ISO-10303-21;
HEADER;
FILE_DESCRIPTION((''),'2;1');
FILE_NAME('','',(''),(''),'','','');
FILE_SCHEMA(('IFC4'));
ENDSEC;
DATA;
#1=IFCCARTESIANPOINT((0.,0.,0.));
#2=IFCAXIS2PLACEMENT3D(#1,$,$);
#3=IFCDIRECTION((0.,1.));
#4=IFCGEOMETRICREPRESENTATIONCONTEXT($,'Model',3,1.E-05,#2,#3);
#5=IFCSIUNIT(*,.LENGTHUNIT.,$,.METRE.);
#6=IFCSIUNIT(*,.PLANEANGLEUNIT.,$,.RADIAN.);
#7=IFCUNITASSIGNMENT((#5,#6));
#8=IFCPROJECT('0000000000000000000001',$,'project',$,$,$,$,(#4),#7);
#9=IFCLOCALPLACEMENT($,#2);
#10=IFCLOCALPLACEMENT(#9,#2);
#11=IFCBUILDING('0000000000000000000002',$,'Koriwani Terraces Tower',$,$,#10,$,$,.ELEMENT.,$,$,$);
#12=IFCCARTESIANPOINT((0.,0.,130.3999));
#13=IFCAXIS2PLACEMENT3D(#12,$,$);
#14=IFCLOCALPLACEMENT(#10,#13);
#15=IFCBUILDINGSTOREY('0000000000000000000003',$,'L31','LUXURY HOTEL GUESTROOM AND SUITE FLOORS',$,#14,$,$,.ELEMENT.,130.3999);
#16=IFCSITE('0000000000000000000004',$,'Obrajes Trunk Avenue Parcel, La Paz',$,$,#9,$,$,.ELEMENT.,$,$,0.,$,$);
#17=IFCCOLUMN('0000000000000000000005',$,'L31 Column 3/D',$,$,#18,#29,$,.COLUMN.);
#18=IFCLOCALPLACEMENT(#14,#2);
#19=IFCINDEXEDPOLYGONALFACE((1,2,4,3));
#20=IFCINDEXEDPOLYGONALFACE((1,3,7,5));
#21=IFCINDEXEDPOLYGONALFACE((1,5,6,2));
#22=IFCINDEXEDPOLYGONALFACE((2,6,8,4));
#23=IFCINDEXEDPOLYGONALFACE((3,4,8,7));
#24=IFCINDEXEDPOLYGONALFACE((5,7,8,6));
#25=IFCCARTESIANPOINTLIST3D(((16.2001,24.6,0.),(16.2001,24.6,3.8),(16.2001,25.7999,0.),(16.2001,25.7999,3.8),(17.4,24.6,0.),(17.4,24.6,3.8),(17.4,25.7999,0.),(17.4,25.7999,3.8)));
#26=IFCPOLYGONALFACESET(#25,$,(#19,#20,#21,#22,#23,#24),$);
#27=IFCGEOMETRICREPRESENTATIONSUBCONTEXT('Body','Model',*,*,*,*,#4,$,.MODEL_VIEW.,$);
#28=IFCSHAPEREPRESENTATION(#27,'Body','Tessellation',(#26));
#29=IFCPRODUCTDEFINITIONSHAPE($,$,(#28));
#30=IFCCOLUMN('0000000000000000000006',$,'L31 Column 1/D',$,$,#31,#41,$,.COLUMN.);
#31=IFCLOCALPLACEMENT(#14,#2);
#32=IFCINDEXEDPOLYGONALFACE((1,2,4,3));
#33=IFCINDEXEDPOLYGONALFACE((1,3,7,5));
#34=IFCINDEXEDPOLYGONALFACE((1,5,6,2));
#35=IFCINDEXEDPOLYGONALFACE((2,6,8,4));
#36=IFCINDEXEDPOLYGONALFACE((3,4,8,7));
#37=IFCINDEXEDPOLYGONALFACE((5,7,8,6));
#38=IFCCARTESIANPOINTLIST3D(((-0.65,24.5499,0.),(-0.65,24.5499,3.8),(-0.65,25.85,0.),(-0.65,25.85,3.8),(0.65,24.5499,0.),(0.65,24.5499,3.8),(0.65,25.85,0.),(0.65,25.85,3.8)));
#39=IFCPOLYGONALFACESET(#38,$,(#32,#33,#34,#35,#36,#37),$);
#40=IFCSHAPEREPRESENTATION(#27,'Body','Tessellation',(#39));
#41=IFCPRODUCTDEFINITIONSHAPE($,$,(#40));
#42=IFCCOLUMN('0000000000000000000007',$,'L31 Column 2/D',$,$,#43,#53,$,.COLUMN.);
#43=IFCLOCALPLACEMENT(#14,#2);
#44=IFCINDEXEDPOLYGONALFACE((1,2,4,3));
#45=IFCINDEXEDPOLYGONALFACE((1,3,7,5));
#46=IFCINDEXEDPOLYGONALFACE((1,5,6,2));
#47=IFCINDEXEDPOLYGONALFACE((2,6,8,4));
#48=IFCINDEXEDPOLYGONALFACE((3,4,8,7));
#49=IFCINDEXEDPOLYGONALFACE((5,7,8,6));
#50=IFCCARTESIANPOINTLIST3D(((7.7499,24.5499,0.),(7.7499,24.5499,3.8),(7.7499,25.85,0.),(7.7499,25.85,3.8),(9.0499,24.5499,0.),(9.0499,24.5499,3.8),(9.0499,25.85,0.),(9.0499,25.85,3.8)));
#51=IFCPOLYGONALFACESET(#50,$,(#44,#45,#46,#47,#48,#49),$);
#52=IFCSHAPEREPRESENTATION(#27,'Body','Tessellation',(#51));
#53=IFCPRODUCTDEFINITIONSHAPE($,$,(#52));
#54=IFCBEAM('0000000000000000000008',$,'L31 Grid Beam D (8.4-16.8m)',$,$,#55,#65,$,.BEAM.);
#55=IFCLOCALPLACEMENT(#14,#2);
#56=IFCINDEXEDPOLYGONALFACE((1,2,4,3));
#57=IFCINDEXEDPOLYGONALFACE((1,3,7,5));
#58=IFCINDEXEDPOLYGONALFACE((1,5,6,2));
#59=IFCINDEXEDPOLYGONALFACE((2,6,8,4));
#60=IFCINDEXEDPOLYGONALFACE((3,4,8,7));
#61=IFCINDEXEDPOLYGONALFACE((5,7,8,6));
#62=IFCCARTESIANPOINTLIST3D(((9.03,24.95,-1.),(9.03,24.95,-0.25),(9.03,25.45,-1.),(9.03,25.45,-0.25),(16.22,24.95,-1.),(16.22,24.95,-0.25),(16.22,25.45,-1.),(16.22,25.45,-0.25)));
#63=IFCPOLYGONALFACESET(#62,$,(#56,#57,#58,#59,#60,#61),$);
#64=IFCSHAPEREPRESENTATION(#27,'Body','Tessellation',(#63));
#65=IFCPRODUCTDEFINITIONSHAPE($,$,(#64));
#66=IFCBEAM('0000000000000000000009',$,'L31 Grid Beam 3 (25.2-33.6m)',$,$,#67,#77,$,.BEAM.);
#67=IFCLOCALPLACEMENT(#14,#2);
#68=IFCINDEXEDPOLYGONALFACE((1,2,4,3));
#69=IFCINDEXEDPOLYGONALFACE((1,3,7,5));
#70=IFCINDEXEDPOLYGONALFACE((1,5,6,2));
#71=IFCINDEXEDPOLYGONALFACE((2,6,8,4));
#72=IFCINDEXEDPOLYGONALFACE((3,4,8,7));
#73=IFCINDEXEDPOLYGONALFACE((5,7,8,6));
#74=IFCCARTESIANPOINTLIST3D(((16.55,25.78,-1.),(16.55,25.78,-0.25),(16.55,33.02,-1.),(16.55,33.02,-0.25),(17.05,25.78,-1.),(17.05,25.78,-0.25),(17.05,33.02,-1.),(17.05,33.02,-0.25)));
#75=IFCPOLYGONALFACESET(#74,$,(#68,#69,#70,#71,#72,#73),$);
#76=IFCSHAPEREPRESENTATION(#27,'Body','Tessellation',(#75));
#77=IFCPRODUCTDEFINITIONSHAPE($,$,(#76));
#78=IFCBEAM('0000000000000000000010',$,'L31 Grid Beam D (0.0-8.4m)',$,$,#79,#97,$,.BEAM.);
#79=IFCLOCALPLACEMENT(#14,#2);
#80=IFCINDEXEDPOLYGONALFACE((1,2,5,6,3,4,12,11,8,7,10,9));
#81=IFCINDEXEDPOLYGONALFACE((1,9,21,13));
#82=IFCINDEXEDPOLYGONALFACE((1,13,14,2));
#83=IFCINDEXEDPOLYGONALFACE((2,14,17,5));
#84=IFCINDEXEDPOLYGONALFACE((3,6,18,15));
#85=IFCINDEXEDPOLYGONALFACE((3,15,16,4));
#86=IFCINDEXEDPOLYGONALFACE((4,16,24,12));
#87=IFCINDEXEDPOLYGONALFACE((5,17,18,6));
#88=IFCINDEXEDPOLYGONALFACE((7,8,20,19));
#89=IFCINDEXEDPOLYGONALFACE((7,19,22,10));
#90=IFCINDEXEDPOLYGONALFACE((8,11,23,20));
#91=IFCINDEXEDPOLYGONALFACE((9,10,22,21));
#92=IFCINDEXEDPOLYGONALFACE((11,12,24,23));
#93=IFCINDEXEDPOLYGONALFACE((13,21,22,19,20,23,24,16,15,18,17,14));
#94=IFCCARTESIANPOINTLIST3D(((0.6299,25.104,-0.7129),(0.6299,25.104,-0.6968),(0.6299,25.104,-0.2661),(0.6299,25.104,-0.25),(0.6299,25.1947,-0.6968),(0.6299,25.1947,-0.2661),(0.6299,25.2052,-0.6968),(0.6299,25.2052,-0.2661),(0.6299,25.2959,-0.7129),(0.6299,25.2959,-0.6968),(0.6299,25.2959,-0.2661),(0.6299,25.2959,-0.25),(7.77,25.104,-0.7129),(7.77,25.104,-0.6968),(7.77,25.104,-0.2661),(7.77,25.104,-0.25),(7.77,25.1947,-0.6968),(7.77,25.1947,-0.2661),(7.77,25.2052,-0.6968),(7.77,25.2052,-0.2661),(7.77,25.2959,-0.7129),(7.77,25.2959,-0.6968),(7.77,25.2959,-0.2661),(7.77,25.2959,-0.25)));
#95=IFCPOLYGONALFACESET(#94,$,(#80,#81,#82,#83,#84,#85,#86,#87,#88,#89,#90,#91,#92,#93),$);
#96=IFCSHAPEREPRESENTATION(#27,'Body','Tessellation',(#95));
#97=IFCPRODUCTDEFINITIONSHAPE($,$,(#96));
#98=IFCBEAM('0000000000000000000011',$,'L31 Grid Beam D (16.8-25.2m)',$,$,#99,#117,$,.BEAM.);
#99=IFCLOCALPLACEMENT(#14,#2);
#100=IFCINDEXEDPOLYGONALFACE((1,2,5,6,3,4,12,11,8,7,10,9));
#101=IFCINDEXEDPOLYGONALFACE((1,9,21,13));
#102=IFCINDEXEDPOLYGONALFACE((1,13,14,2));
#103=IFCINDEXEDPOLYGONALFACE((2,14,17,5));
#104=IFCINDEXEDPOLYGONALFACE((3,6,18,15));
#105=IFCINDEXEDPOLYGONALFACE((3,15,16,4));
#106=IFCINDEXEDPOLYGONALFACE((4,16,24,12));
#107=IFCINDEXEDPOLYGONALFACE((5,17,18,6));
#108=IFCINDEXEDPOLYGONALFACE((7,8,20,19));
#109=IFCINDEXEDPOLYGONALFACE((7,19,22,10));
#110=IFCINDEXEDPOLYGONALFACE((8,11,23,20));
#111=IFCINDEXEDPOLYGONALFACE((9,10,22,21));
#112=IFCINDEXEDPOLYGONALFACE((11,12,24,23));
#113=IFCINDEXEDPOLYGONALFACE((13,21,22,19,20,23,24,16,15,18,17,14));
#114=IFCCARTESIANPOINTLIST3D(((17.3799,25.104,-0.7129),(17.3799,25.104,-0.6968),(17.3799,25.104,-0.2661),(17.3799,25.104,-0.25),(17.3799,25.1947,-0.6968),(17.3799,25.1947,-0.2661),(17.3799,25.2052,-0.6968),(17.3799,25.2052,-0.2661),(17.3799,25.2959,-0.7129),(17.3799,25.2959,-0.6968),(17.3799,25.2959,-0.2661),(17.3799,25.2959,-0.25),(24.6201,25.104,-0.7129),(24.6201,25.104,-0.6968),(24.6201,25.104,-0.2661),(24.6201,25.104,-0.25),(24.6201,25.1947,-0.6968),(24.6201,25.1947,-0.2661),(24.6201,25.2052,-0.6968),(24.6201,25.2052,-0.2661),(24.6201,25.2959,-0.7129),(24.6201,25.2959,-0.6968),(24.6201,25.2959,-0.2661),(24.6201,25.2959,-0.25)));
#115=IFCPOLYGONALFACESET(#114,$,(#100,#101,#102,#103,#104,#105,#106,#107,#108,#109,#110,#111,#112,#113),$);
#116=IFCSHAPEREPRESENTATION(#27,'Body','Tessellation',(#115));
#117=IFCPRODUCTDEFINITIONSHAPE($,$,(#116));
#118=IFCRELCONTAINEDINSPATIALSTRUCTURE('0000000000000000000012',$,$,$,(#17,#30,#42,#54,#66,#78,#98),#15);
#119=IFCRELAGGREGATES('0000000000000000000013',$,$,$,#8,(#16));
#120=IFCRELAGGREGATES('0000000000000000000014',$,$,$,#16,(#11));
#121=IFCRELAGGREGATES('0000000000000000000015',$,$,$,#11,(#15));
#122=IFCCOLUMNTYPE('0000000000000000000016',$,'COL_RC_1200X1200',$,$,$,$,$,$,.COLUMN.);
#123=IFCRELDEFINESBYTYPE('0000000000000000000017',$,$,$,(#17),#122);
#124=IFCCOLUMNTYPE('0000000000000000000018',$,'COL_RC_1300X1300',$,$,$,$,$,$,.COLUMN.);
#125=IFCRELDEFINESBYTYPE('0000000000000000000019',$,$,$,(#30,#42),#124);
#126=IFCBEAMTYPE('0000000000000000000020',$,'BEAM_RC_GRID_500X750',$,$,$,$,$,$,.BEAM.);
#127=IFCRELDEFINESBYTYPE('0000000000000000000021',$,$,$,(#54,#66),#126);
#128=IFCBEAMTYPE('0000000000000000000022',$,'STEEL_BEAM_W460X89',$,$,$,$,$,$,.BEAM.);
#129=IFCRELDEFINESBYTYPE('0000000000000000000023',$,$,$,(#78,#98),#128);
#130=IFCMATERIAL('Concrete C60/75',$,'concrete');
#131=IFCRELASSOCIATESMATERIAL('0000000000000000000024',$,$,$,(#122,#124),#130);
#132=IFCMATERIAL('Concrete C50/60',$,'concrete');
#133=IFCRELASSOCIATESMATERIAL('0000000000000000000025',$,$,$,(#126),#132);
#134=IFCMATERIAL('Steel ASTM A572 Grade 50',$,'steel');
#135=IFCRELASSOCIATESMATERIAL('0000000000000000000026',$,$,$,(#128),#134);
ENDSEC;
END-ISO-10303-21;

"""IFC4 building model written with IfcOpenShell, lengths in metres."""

from ifc_helpers import new_model, si_unit, direction, frame, origin, origin_2d, place, context, subcontext, project, spatial, rectangle, i_section, extrude, material, material_profile, profile_set, type_object, element, save


model = new_model("IFC4")

# Units and contexts
model_context = context("Model", 3, precision=1e-05, world=origin(), true_north=direction((0.0, 1.0)))
body_context = subcontext(model_context, "Body", "Model", "MODEL_VIEW")
ifc_project = project(units=[si_unit("LENGTHUNIT", "METRE"), si_unit("PLANEANGLEUNIT", "RADIAN")], contexts=[model_context])

# Site, building, storey
site_placement = place(None, origin())
site = spatial("IfcSite", under=ifc_project, at=site_placement, Name="Obrajes Trunk Avenue Parcel, La Paz", CompositionType="ELEMENT", RefElevation=0.0)
building_placement = place(site_placement, origin())
building = spatial("IfcBuilding", under=site, at=building_placement, Name="Koriwani Terraces Tower", CompositionType="ELEMENT")
storey_placement = place(building_placement, frame((0.0, 0.0, 130.3999)))
storey = spatial("IfcBuildingStorey", under=building, at=storey_placement, Name="L31", Description="LUXURY HOTEL GUESTROOM AND SUITE FLOORS", CompositionType="ELEMENT", Elevation=130.3999)

# Columns
ifc_material_1 = material(Name="Concrete C60/75", Category="concrete")
ifc_material_profile_1 = material_profile(ifc_material_1, rectangle(XDim=1.2, YDim=1.2, at=origin_2d()), Name="Concrete C60/75", Category="LoadBearing")
ifc_profile_set_1 = profile_set([ifc_material_profile_1], Name="Concrete C60/75")
column_type_1 = type_object("IfcColumnType", Name="COL_RC_1200X1200", PredefinedType="COLUMN", material=ifc_profile_set_1)
column_placement = place(storey_placement, frame((16.8, 25.2, 0.0), z_axis=(0.0, 0.0, 1.0), x_axis=(1.0, 0.0, 0.0)))
element("IfcColumn", 1, at=column_placement, inside=storey, type_object=column_type_1, Name="L31 Column 3/D", PredefinedType="COLUMN", context=body_context, shape_type="SweptSolid", body=[
    extrude(rectangle(XDim=1.2, YDim=1.2, at=origin_2d()), origin(), (0.0, 0.0, 1.0), 3.8),
])
ifc_material_profile_2 = material_profile(ifc_material_1, rectangle(XDim=1.3, YDim=1.3, at=origin_2d()), Name="Concrete C60/75", Category="LoadBearing")
ifc_profile_set_2 = profile_set([ifc_material_profile_2], Name="Concrete C60/75")
column_type_2 = type_object("IfcColumnType", Name="COL_RC_1300X1300", PredefinedType="COLUMN", material=ifc_profile_set_2)
for number, where, z_axis, x_axis, name in (
    (2, (0.0, 25.2, 0.0), (0.0, 0.0, 1.0), (1.0, 0.0, 0.0), "L31 Column 1/D"),
    (3, (8.3999, 25.2, 0.0), (0.0, 0.0, 1.0), (1.0, 0.0, 0.0), "L31 Column 2/D"),
):
    element("IfcColumn", number, at=place(storey_placement, frame(where, z_axis=z_axis, x_axis=x_axis)), inside=storey, type_object=column_type_2, Name=name, PredefinedType="COLUMN", context=body_context, shape_type="SweptSolid", body=[
        extrude(rectangle(XDim=1.3, YDim=1.3, at=origin_2d()), origin(), (0.0, 0.0, 1.0), 3.8),
    ])

# Beams
ifc_material_2 = material(Name="Concrete C50/60", Category="concrete")
ifc_material_profile_3 = material_profile(ifc_material_2, rectangle(XDim=0.5, YDim=0.75, at=origin_2d()), Name="Concrete C50/60", Category="LoadBearing")
ifc_profile_set_3 = profile_set([ifc_material_profile_3], Name="Concrete C50/60")
beam_type_1 = type_object("IfcBeamType", Name="BEAM_RC_GRID_500X750", PredefinedType="BEAM", material=ifc_profile_set_3)
beam_1_placement = place(storey_placement, frame((9.03, 25.2, -0.625), z_axis=(1.0, 0.0, 0.0), x_axis=(0.0, 1.0, 0.0)))
element("IfcBeam", 4, at=beam_1_placement, inside=storey, type_object=beam_type_1, Name="L31 Grid Beam D (8.4-16.8m)", PredefinedType="BEAM", context=body_context, shape_type="SweptSolid", body=[
    extrude(rectangle(XDim=0.5, YDim=0.75, at=origin_2d()), origin(), (0.0, 0.0, 1.0), 7.1899),
])
beam_2_placement = place(storey_placement, frame((16.8, 25.78, -0.625), z_axis=(0.0, 1.0, 0.0), x_axis=(-1.0, 0.0, 0.0)))
element("IfcBeam", 5, at=beam_2_placement, inside=storey, type_object=beam_type_1, Name="L31 Grid Beam 3 (25.2-33.6m)", PredefinedType="BEAM", context=body_context, shape_type="SweptSolid", body=[
    extrude(rectangle(XDim=0.5, YDim=0.75, at=origin_2d()), origin(), (0.0, 0.0, 1.0), 7.24),
])
ifc_material_3 = material(Name="Steel ASTM A572 Grade 50", Category="steel")
ifc_material_profile_4 = material_profile(ifc_material_3, i_section(OverallWidth=0.1919, OverallDepth=0.4629, WebThickness=0.0105, FlangeThickness=0.0161, at=origin_2d()), Name="Steel ASTM A572 Grade 50", Category="LoadBearing")
ifc_profile_set_4 = profile_set([ifc_material_profile_4], Name="Steel ASTM A572 Grade 50")
beam_type_2 = type_object("IfcBeamType", Name="STEEL_BEAM_W460X89", PredefinedType="BEAM", material=ifc_profile_set_4)
beam_3_placement = place(storey_placement, frame((0.6299, 25.2, -0.4814), z_axis=(1.0, 0.0, 0.0), x_axis=(0.0, 1.0, 0.0)))
element("IfcBeam", 6, at=beam_3_placement, inside=storey, type_object=beam_type_2, Name="L31 Grid Beam D (0.0-8.4m)", PredefinedType="BEAM", context=body_context, shape_type="SweptSolid", body=[
    extrude(i_section(OverallWidth=0.1919, OverallDepth=0.4629, WebThickness=0.0105, FlangeThickness=0.0161, at=origin_2d()), origin(), (0.0, 0.0, 1.0), 7.1401),
])
beam_4_placement = place(storey_placement, frame((17.3799, 25.2, -0.4814), z_axis=(1.0, 0.0, 0.0), x_axis=(0.0, 1.0, 0.0)))
element("IfcBeam", 7, at=beam_4_placement, inside=storey, type_object=beam_type_2, Name="L31 Grid Beam D (16.8-25.2m)", PredefinedType="BEAM", context=body_context, shape_type="SweptSolid", body=[
    extrude(i_section(OverallWidth=0.1919, OverallDepth=0.4629, WebThickness=0.0105, FlangeThickness=0.0161, at=origin_2d()), origin(), (0.0, 0.0, 1.0), 7.2402),
])

save(model, "model.ifc")
